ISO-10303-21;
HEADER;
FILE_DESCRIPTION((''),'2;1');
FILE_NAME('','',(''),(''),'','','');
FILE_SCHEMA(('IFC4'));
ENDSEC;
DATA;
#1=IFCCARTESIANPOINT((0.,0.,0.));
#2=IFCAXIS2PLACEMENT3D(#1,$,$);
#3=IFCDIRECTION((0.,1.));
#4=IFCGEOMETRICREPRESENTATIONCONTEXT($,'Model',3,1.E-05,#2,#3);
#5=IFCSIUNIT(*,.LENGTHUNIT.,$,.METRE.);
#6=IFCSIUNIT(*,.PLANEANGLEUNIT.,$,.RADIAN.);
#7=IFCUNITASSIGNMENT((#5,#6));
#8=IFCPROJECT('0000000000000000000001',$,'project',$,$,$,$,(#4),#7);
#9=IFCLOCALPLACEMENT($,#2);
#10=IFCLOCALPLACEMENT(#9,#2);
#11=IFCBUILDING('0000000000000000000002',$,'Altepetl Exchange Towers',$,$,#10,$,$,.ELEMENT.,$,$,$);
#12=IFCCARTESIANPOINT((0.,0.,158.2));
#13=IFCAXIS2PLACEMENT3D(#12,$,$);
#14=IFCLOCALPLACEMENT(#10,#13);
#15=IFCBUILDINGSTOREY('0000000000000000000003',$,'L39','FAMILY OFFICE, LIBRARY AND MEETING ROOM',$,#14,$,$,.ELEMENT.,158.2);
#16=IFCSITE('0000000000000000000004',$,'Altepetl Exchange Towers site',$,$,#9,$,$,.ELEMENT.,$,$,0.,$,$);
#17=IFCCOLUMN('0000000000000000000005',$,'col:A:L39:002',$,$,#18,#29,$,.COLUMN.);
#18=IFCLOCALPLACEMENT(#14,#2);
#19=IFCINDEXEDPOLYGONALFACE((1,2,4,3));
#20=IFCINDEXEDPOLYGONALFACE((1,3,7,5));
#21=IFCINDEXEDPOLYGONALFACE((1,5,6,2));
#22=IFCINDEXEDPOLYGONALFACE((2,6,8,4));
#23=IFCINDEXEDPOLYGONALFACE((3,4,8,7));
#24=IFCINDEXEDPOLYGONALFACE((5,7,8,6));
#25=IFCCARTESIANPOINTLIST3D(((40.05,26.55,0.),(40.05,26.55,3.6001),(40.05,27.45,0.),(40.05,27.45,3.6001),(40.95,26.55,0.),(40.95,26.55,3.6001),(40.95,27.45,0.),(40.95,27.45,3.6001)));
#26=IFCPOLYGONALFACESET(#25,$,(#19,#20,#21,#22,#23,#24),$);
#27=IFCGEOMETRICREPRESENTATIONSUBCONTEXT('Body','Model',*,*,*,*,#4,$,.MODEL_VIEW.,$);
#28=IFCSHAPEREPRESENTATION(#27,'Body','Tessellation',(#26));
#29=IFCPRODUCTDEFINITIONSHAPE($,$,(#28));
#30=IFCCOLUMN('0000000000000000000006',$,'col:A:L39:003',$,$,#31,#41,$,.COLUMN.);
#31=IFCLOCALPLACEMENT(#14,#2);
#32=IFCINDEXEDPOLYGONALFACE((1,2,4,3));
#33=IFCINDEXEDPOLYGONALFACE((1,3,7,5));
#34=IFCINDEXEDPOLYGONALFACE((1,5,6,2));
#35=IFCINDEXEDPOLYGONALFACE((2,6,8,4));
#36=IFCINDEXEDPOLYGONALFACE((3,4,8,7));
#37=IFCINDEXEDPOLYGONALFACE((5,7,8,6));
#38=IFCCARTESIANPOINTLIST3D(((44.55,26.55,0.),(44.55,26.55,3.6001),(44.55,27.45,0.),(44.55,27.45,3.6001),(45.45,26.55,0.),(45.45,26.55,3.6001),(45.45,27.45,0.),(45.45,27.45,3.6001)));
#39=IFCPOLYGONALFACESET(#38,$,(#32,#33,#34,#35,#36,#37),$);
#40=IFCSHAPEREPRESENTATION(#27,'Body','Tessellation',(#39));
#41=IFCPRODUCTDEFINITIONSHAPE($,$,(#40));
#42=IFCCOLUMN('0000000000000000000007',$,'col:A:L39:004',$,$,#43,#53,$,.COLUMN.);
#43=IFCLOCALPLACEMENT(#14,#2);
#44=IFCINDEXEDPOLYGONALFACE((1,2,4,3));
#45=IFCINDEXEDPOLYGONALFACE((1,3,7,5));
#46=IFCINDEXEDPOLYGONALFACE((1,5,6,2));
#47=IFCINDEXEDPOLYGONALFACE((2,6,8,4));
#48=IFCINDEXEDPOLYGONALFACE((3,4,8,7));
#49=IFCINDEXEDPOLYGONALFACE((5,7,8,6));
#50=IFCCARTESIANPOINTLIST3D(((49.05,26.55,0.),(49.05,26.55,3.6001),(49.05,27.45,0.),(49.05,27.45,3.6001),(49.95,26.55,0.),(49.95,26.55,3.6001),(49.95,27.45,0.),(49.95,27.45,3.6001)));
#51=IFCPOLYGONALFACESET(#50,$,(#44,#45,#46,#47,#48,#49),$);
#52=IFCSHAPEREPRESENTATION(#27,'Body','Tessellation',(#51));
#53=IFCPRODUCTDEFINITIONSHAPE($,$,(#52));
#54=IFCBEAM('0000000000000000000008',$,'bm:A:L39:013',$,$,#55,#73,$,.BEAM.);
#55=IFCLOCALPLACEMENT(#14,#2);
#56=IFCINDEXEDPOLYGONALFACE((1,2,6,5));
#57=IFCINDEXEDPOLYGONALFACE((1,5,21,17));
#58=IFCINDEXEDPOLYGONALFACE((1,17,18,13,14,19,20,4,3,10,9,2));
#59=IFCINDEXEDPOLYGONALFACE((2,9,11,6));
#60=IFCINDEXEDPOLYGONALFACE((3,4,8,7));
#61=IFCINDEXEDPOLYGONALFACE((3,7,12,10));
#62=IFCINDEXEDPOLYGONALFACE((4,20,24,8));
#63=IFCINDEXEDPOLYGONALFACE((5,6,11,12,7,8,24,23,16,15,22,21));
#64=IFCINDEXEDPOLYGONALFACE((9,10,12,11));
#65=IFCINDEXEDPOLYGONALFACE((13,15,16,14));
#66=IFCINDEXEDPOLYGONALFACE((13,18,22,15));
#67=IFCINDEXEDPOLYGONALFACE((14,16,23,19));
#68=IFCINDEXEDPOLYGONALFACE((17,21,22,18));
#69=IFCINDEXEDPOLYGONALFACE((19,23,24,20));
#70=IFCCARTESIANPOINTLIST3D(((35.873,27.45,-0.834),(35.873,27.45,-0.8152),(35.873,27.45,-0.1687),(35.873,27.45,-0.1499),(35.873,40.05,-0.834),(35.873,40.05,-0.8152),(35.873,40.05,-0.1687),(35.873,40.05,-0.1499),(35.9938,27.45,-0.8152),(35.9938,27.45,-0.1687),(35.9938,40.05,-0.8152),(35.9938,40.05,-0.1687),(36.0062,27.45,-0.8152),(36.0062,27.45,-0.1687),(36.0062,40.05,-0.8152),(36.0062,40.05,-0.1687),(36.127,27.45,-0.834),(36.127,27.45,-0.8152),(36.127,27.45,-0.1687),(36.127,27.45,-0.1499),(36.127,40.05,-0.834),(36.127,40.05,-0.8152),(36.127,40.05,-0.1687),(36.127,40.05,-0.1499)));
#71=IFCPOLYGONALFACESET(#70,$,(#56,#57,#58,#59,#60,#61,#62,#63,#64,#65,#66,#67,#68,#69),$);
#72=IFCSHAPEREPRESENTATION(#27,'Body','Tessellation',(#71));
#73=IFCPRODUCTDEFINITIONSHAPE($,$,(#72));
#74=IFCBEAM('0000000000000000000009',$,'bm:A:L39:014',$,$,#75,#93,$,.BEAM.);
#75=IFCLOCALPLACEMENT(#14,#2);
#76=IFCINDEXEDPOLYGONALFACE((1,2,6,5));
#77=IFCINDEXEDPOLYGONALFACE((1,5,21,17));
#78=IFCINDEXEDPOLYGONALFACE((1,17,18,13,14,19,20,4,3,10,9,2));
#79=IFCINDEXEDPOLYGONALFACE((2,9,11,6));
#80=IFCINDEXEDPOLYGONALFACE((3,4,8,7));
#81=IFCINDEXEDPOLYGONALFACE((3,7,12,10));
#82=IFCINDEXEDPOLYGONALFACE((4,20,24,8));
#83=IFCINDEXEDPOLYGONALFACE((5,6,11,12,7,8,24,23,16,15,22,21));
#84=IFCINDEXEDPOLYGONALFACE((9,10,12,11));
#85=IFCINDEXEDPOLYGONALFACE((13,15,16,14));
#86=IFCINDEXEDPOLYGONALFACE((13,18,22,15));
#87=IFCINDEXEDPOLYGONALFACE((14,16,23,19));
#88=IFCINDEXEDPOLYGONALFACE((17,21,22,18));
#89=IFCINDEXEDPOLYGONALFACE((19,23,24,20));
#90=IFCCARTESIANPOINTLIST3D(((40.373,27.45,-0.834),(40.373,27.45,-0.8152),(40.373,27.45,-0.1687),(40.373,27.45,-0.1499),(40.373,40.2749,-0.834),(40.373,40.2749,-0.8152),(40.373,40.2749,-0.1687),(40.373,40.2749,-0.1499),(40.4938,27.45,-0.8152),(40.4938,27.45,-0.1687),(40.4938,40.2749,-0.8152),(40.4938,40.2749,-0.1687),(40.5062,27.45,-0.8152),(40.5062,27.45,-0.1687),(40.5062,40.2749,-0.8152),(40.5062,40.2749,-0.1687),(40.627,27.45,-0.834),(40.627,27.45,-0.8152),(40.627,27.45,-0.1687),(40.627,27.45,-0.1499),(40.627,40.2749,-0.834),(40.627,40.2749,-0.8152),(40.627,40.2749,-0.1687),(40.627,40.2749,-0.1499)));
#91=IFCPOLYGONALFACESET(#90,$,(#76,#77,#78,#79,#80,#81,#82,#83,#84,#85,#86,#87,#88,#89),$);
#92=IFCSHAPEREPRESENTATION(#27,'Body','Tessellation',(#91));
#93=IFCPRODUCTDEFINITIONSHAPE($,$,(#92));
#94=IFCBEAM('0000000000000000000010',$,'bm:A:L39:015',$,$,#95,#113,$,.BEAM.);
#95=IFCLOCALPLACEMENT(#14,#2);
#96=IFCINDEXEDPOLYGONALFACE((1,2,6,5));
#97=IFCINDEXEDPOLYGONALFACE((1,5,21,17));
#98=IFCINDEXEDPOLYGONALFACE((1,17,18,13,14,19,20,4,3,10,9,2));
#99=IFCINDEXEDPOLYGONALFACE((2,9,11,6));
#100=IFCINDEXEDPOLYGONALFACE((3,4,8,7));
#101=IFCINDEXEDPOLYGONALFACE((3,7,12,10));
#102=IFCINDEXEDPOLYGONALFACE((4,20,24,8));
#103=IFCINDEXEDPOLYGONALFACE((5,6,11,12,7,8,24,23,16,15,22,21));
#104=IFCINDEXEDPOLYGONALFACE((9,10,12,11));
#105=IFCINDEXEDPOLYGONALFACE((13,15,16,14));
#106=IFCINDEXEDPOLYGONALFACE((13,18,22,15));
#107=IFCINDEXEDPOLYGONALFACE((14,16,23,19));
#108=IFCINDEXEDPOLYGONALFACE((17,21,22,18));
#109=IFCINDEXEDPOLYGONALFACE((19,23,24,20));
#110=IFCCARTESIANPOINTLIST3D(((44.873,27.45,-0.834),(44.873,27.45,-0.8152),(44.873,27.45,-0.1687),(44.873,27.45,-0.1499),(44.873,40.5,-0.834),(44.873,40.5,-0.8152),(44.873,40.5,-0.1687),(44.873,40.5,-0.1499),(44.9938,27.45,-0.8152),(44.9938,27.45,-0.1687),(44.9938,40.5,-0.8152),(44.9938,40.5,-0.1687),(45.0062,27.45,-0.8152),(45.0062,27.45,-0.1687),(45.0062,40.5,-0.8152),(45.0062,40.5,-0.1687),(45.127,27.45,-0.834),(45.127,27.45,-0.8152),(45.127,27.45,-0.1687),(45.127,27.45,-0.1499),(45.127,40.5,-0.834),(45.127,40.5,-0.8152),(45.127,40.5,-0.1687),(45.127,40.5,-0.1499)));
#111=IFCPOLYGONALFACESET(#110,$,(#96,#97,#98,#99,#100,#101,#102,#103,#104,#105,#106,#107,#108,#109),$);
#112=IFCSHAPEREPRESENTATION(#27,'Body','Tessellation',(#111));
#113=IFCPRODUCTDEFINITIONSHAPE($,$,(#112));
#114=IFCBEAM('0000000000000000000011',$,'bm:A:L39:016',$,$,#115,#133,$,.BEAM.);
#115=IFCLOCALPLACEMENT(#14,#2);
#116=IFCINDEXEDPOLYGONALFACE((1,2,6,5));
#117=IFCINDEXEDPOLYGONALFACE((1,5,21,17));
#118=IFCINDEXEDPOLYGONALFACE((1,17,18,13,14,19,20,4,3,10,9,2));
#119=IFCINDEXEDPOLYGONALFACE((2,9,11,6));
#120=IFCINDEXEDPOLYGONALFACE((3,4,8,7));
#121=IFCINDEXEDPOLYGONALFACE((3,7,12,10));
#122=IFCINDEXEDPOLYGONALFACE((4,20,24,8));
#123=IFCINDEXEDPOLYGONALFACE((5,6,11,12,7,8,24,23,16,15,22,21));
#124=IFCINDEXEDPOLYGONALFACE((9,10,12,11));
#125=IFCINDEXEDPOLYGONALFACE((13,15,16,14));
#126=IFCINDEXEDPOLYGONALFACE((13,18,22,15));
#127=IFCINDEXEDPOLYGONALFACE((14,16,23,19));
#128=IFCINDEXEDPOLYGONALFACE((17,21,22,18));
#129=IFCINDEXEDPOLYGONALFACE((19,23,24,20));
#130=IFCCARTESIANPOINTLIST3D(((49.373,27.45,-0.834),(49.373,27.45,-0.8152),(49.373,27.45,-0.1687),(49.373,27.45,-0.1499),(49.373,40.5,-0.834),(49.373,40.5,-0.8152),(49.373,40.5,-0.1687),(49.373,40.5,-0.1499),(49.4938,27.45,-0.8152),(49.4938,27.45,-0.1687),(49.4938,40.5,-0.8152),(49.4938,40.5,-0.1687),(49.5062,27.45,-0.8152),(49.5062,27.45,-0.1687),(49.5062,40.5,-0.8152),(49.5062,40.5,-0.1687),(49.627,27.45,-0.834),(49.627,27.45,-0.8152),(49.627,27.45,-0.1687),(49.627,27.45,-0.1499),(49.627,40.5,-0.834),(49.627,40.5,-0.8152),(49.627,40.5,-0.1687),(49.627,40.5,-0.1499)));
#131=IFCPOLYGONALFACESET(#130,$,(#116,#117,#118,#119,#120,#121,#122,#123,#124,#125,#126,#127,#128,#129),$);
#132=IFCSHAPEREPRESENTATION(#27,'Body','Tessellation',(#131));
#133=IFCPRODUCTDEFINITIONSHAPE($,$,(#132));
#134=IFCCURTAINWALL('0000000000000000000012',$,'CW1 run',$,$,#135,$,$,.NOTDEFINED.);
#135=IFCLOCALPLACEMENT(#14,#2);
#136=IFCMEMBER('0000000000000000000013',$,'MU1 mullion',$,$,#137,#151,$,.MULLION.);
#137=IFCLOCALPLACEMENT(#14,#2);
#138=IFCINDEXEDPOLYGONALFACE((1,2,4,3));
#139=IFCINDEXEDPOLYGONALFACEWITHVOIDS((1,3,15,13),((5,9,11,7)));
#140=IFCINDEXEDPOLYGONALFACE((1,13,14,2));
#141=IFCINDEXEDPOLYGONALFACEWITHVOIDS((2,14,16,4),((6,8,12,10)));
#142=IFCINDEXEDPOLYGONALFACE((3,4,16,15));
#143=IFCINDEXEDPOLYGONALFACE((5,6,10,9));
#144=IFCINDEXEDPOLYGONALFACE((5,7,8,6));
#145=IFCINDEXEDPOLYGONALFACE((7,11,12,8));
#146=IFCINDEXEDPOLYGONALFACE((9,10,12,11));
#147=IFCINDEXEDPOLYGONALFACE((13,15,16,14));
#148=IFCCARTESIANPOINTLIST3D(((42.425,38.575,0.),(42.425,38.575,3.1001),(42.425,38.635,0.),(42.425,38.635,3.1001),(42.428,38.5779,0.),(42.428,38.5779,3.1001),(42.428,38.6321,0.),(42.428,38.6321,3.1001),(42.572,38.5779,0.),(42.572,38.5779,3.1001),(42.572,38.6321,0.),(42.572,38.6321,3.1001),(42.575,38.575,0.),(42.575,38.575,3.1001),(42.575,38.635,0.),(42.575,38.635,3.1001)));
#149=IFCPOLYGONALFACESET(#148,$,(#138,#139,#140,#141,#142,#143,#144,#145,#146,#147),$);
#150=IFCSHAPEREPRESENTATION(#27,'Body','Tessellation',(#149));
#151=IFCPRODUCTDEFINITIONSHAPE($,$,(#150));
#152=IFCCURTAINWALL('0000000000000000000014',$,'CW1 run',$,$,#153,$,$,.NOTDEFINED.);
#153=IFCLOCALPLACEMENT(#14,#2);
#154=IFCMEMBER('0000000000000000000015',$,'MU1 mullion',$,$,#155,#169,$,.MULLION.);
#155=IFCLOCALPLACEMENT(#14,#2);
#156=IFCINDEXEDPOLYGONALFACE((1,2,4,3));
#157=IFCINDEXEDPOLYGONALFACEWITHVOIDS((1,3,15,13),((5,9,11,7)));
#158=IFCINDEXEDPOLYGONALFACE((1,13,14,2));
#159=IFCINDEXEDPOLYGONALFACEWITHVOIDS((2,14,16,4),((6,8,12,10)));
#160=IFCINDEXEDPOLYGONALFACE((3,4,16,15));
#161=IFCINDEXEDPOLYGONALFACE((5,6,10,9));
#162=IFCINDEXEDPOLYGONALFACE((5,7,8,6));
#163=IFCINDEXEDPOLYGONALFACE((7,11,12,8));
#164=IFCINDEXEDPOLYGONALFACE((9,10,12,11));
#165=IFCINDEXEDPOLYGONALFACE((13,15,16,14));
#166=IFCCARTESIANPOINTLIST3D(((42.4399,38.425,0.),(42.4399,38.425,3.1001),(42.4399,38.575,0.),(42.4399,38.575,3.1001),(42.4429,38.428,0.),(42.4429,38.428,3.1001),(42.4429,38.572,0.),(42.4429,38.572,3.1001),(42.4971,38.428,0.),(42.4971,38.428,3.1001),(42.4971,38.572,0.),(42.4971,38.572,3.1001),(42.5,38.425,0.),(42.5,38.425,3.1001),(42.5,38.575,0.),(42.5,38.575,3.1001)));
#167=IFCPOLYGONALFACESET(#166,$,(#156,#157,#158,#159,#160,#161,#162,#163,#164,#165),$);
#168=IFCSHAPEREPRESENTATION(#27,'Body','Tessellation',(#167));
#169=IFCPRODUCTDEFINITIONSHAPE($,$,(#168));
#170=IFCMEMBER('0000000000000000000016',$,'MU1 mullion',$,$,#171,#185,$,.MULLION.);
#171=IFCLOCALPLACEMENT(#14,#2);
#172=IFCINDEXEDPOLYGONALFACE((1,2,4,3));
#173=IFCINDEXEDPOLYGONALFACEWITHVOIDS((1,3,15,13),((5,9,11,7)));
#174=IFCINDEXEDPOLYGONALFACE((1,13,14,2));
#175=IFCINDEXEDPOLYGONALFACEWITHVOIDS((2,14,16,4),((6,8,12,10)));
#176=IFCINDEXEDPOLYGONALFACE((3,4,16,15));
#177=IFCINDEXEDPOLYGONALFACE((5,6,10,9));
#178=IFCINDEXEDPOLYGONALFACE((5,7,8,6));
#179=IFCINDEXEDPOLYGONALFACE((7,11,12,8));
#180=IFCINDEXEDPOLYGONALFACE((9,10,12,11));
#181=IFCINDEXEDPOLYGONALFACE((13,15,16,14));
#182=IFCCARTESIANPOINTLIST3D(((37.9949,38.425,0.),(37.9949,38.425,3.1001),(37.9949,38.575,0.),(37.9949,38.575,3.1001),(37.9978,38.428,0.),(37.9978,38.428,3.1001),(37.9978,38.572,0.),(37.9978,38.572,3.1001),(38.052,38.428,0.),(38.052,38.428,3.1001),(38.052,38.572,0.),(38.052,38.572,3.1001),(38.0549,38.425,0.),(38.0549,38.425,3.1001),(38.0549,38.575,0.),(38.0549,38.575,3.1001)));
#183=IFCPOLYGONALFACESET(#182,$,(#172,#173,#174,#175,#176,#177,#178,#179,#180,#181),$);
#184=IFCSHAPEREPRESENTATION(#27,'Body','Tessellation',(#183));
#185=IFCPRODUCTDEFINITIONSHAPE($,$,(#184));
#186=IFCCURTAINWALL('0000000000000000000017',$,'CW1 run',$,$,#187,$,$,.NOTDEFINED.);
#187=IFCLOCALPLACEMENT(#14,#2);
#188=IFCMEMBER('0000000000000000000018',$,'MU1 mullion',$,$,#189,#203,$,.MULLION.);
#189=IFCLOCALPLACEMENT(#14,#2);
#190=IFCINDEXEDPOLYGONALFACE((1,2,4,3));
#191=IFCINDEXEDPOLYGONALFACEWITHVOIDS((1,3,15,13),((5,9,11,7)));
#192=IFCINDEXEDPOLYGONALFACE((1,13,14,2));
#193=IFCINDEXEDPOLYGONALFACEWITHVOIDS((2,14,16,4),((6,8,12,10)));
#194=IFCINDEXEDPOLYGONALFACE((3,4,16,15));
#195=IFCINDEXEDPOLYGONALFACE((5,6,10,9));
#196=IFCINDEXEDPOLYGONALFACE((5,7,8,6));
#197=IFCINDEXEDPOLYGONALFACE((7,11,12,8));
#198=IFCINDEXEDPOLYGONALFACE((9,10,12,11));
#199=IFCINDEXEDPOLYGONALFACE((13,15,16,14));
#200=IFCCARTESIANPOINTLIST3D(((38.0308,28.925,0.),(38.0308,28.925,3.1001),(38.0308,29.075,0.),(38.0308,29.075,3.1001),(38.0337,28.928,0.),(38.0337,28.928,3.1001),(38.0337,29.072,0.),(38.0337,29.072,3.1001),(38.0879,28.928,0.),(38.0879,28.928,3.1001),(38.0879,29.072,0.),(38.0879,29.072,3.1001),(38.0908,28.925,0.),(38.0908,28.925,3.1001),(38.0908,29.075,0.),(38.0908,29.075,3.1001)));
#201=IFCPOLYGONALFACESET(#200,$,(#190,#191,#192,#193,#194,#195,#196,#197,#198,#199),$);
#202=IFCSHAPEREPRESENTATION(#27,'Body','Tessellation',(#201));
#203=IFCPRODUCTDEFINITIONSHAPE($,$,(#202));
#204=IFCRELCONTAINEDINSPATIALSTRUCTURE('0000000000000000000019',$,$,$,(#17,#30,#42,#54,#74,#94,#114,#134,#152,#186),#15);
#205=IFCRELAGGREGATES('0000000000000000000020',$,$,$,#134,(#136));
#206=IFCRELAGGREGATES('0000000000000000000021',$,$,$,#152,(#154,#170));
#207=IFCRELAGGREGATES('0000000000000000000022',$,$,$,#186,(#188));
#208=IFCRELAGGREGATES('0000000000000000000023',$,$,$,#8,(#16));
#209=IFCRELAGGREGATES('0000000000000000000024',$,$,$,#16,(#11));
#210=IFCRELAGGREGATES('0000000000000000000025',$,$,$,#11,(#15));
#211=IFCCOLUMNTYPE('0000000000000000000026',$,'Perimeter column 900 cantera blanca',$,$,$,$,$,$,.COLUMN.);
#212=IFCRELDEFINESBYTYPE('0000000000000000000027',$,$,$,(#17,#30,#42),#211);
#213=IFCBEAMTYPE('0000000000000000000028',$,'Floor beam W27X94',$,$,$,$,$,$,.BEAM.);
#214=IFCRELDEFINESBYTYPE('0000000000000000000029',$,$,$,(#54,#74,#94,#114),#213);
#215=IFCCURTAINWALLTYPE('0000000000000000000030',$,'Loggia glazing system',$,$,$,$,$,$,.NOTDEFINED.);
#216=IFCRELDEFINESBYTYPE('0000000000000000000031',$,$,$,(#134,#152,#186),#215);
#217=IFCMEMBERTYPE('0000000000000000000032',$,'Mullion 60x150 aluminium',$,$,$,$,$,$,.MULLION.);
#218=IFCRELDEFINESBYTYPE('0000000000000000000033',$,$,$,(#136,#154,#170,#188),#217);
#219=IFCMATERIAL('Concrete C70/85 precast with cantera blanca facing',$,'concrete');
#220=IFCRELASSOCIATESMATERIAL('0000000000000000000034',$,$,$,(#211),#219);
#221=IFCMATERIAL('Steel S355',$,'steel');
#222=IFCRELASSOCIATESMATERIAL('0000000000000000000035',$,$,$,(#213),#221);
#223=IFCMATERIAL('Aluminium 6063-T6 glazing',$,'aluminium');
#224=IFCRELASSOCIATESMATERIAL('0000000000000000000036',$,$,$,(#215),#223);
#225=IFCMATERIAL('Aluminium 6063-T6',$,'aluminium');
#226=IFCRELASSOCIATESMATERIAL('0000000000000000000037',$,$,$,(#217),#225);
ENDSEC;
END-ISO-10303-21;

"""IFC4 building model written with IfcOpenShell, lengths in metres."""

from ifc_helpers import new_model, si_unit, direction, frame, origin, origin_2d, place, context, subcontext, project, spatial, rectangle, hollow_rectangle, i_section, extrude, material, material_profile, profile_set, type_object, element, aggregate, save


model = new_model("IFC4")

# Units and contexts
model_context = context("Model", 3, precision=1e-05, world=origin(), true_north=direction((0.0, 1.0)))
body_context = subcontext(model_context, "Body", "Model", "MODEL_VIEW")
ifc_project = project(units=[si_unit("LENGTHUNIT", "METRE"), si_unit("PLANEANGLEUNIT", "RADIAN")], contexts=[model_context])

# Site, building, storey
site_placement = place(None, origin())
site = spatial("IfcSite", under=ifc_project, at=site_placement, Name="Altepetl Exchange Towers site", CompositionType="ELEMENT", RefElevation=0.0)
building_placement = place(site_placement, origin())
building = spatial("IfcBuilding", under=site, at=building_placement, Name="Altepetl Exchange Towers", CompositionType="ELEMENT")
storey_placement = place(building_placement, frame((0.0, 0.0, 158.2)))
storey = spatial("IfcBuildingStorey", under=building, at=storey_placement, Name="L39", Description="FAMILY OFFICE, LIBRARY AND MEETING ROOM", CompositionType="ELEMENT", Elevation=158.2)

# Columns
ifc_material_1 = material(Name="Concrete C70/85 precast with cantera blanca facing", Category="concrete")
ifc_material_profile_1 = material_profile(ifc_material_1, rectangle(XDim=0.8999, YDim=0.8999, at=origin_2d()), Name="900 x 900")
ifc_profile_set_1 = profile_set([ifc_material_profile_1], Name="Concrete C70/85 precast with cantera blanca facing")
column_type = type_object("IfcColumnType", Name="Perimeter column 900 cantera blanca", PredefinedType="COLUMN", material=ifc_profile_set_1)
for number, where, name in (
    (1, (40.5, 27.0, 0.0), "col:A:L39:002"),
    (2, (45.0, 27.0, 0.0), "col:A:L39:003"),
    (3, (49.5, 27.0, 0.0), "col:A:L39:004"),
):
    element("IfcColumn", number, at=place(storey_placement, frame(where)), inside=storey, type_object=column_type, Name=name, PredefinedType="COLUMN", context=body_context, shape_type="SweptSolid", body=[
        extrude(rectangle(XDim=0.8999, YDim=0.8999, at=origin_2d()), origin(), (0.0, 0.0, 1.0), 3.6001),
    ])

# Beams
ifc_material_2 = material(Name="Steel S355", Category="steel")
ifc_material_profile_2 = material_profile(ifc_material_2, i_section(OverallWidth=0.2539, OverallDepth=0.6841, WebThickness=0.0125, FlangeThickness=0.0188, at=origin_2d()), Name="W27X94")
ifc_profile_set_2 = profile_set([ifc_material_profile_2], Name="Steel S355")
beam_type_1 = type_object("IfcBeamType", Name="Floor beam W27X94", PredefinedType="BEAM", material=ifc_profile_set_2)
beam_1_placement = place(storey_placement, frame((36.0, 27.45, -0.4919), z_axis=(0.0, 1.0, 0.0), x_axis=(-1.0, 0.0, 0.0)))
element("IfcBeam", 4, at=beam_1_placement, inside=storey, type_object=beam_type_1, Name="bm:A:L39:013", PredefinedType="BEAM", context=body_context, shape_type="SweptSolid", body=[
    extrude(i_section(OverallWidth=0.2539, OverallDepth=0.6841, WebThickness=0.0125, FlangeThickness=0.0188, at=origin_2d()), origin(), (0.0, 0.0, 1.0), 12.6001),
])
beam_2_placement = place(storey_placement, frame((40.5, 27.45, -0.4919), z_axis=(0.0, 1.0, 0.0), x_axis=(-1.0, 0.0, 0.0)))
element("IfcBeam", 5, at=beam_2_placement, inside=storey, type_object=beam_type_1, Name="bm:A:L39:014", PredefinedType="BEAM", context=body_context, shape_type="SweptSolid", body=[
    extrude(i_section(OverallWidth=0.2539, OverallDepth=0.6841, WebThickness=0.0125, FlangeThickness=0.0188, at=origin_2d()), origin(), (0.0, 0.0, 1.0), 12.825),
])
for number, where, z_axis, x_axis, name in (
    (6, (45.0, 27.45, -0.4919), (0.0, 1.0, 0.0), (-1.0, 0.0, 0.0), "bm:A:L39:015"),
    (7, (49.5, 27.45, -0.4919), (0.0, 1.0, 0.0), (-1.0, 0.0, 0.0), "bm:A:L39:016"),
):
    element("IfcBeam", number, at=place(storey_placement, frame(where, z_axis=z_axis, x_axis=x_axis)), inside=storey, type_object=beam_type_1, Name=name, PredefinedType="BEAM", context=body_context, shape_type="SweptSolid", body=[
        extrude(i_section(OverallWidth=0.2539, OverallDepth=0.6841, WebThickness=0.0125, FlangeThickness=0.0188, at=origin_2d()), origin(), (0.0, 0.0, 1.0), 13.05),
    ])

# Curtain wall, member
ifc_material_3 = material(Name="Aluminium 6063-T6 glazing", Category="aluminium")
curtain_wall_type = type_object("IfcCurtainWallType", Name="Loggia glazing system", PredefinedType="NOTDEFINED", material=ifc_material_3)
curtain_wall_1_placement = place(storey_placement, origin())
curtain_wall_1 = element("IfcCurtainWall", 8, at=curtain_wall_1_placement, inside=storey, type_object=curtain_wall_type, Name="CW1 run", PredefinedType="NOTDEFINED")
ifc_material_4 = material(Name="Aluminium 6063-T6", Category="aluminium")
ifc_material_profile_3 = material_profile(ifc_material_4, hollow_rectangle(XDim=0.0601, YDim=0.1499, WallThickness=0.0029, at=origin_2d()), Name="Mullion 60x150 aluminium")
ifc_profile_set_3 = profile_set([ifc_material_profile_3], Name="Aluminium 6063-T6")
member_type = type_object("IfcMemberType", Name="Mullion 60x150 aluminium", PredefinedType="MULLION", material=ifc_profile_set_3)
member_1_placement = place(storey_placement, frame((42.5, 38.605, 0.0), z_axis=(0.0, 0.0, 1.0), x_axis=(0.0, -1.0, 0.0)))
member_1 = element("IfcMember", 9, at=member_1_placement, type_object=member_type, Name="MU1 mullion", PredefinedType="MULLION", context=body_context, shape_type="SweptSolid", body=[
    extrude(hollow_rectangle(XDim=0.0601, YDim=0.1499, WallThickness=0.0029, at=origin_2d()), origin(), (0.0, 0.0, 1.0), 3.1001),
])

# Curtain walls, members
curtain_wall_2_placement = place(storey_placement, origin())
curtain_wall_2 = element("IfcCurtainWall", 10, at=curtain_wall_2_placement, inside=storey, type_object=curtain_wall_type, Name="CW1 run", PredefinedType="NOTDEFINED")
member_2_placement = place(storey_placement, frame((42.47, 38.5, 0.0), z_axis=(0.0, 0.0, 1.0), x_axis=(-1.0, 0.0, 0.0)))
member_2 = element("IfcMember", 11, at=member_2_placement, type_object=member_type, Name="MU1 mullion", PredefinedType="MULLION", context=body_context, shape_type="SweptSolid", body=[
    extrude(hollow_rectangle(XDim=0.0601, YDim=0.1499, WallThickness=0.0029, at=origin_2d()), origin(), (0.0, 0.0, 1.0), 3.1001),
])
member_3_placement = place(storey_placement, frame((38.0249, 38.5, 0.0), z_axis=(0.0, 0.0, 1.0), x_axis=(-1.0, 0.0, 0.0)))
member_3 = element("IfcMember", 12, at=member_3_placement, type_object=member_type, Name="MU1 mullion", PredefinedType="MULLION", context=body_context, shape_type="SweptSolid", body=[
    extrude(hollow_rectangle(XDim=0.0601, YDim=0.1499, WallThickness=0.0029, at=origin_2d()), origin(), (0.0, 0.0, 1.0), 3.1001),
])
curtain_wall_3_placement = place(storey_placement, origin())
curtain_wall_3 = element("IfcCurtainWall", 13, at=curtain_wall_3_placement, inside=storey, type_object=curtain_wall_type, Name="CW1 run", PredefinedType="NOTDEFINED")
member_4_placement = place(storey_placement, frame((38.0608, 29.0, 0.0)))
member_4 = element("IfcMember", 14, at=member_4_placement, type_object=member_type, Name="MU1 mullion", PredefinedType="MULLION", context=body_context, shape_type="SweptSolid", body=[
    extrude(hollow_rectangle(XDim=0.0601, YDim=0.1499, WallThickness=0.0029, at=origin_2d()), origin(), (0.0, 0.0, 1.0), 3.1001),
])

aggregate(curtain_wall_1, [member_1])
aggregate(curtain_wall_2, [member_2, member_3])
aggregate(curtain_wall_3, [member_4])

save(model, "model.ifc")
